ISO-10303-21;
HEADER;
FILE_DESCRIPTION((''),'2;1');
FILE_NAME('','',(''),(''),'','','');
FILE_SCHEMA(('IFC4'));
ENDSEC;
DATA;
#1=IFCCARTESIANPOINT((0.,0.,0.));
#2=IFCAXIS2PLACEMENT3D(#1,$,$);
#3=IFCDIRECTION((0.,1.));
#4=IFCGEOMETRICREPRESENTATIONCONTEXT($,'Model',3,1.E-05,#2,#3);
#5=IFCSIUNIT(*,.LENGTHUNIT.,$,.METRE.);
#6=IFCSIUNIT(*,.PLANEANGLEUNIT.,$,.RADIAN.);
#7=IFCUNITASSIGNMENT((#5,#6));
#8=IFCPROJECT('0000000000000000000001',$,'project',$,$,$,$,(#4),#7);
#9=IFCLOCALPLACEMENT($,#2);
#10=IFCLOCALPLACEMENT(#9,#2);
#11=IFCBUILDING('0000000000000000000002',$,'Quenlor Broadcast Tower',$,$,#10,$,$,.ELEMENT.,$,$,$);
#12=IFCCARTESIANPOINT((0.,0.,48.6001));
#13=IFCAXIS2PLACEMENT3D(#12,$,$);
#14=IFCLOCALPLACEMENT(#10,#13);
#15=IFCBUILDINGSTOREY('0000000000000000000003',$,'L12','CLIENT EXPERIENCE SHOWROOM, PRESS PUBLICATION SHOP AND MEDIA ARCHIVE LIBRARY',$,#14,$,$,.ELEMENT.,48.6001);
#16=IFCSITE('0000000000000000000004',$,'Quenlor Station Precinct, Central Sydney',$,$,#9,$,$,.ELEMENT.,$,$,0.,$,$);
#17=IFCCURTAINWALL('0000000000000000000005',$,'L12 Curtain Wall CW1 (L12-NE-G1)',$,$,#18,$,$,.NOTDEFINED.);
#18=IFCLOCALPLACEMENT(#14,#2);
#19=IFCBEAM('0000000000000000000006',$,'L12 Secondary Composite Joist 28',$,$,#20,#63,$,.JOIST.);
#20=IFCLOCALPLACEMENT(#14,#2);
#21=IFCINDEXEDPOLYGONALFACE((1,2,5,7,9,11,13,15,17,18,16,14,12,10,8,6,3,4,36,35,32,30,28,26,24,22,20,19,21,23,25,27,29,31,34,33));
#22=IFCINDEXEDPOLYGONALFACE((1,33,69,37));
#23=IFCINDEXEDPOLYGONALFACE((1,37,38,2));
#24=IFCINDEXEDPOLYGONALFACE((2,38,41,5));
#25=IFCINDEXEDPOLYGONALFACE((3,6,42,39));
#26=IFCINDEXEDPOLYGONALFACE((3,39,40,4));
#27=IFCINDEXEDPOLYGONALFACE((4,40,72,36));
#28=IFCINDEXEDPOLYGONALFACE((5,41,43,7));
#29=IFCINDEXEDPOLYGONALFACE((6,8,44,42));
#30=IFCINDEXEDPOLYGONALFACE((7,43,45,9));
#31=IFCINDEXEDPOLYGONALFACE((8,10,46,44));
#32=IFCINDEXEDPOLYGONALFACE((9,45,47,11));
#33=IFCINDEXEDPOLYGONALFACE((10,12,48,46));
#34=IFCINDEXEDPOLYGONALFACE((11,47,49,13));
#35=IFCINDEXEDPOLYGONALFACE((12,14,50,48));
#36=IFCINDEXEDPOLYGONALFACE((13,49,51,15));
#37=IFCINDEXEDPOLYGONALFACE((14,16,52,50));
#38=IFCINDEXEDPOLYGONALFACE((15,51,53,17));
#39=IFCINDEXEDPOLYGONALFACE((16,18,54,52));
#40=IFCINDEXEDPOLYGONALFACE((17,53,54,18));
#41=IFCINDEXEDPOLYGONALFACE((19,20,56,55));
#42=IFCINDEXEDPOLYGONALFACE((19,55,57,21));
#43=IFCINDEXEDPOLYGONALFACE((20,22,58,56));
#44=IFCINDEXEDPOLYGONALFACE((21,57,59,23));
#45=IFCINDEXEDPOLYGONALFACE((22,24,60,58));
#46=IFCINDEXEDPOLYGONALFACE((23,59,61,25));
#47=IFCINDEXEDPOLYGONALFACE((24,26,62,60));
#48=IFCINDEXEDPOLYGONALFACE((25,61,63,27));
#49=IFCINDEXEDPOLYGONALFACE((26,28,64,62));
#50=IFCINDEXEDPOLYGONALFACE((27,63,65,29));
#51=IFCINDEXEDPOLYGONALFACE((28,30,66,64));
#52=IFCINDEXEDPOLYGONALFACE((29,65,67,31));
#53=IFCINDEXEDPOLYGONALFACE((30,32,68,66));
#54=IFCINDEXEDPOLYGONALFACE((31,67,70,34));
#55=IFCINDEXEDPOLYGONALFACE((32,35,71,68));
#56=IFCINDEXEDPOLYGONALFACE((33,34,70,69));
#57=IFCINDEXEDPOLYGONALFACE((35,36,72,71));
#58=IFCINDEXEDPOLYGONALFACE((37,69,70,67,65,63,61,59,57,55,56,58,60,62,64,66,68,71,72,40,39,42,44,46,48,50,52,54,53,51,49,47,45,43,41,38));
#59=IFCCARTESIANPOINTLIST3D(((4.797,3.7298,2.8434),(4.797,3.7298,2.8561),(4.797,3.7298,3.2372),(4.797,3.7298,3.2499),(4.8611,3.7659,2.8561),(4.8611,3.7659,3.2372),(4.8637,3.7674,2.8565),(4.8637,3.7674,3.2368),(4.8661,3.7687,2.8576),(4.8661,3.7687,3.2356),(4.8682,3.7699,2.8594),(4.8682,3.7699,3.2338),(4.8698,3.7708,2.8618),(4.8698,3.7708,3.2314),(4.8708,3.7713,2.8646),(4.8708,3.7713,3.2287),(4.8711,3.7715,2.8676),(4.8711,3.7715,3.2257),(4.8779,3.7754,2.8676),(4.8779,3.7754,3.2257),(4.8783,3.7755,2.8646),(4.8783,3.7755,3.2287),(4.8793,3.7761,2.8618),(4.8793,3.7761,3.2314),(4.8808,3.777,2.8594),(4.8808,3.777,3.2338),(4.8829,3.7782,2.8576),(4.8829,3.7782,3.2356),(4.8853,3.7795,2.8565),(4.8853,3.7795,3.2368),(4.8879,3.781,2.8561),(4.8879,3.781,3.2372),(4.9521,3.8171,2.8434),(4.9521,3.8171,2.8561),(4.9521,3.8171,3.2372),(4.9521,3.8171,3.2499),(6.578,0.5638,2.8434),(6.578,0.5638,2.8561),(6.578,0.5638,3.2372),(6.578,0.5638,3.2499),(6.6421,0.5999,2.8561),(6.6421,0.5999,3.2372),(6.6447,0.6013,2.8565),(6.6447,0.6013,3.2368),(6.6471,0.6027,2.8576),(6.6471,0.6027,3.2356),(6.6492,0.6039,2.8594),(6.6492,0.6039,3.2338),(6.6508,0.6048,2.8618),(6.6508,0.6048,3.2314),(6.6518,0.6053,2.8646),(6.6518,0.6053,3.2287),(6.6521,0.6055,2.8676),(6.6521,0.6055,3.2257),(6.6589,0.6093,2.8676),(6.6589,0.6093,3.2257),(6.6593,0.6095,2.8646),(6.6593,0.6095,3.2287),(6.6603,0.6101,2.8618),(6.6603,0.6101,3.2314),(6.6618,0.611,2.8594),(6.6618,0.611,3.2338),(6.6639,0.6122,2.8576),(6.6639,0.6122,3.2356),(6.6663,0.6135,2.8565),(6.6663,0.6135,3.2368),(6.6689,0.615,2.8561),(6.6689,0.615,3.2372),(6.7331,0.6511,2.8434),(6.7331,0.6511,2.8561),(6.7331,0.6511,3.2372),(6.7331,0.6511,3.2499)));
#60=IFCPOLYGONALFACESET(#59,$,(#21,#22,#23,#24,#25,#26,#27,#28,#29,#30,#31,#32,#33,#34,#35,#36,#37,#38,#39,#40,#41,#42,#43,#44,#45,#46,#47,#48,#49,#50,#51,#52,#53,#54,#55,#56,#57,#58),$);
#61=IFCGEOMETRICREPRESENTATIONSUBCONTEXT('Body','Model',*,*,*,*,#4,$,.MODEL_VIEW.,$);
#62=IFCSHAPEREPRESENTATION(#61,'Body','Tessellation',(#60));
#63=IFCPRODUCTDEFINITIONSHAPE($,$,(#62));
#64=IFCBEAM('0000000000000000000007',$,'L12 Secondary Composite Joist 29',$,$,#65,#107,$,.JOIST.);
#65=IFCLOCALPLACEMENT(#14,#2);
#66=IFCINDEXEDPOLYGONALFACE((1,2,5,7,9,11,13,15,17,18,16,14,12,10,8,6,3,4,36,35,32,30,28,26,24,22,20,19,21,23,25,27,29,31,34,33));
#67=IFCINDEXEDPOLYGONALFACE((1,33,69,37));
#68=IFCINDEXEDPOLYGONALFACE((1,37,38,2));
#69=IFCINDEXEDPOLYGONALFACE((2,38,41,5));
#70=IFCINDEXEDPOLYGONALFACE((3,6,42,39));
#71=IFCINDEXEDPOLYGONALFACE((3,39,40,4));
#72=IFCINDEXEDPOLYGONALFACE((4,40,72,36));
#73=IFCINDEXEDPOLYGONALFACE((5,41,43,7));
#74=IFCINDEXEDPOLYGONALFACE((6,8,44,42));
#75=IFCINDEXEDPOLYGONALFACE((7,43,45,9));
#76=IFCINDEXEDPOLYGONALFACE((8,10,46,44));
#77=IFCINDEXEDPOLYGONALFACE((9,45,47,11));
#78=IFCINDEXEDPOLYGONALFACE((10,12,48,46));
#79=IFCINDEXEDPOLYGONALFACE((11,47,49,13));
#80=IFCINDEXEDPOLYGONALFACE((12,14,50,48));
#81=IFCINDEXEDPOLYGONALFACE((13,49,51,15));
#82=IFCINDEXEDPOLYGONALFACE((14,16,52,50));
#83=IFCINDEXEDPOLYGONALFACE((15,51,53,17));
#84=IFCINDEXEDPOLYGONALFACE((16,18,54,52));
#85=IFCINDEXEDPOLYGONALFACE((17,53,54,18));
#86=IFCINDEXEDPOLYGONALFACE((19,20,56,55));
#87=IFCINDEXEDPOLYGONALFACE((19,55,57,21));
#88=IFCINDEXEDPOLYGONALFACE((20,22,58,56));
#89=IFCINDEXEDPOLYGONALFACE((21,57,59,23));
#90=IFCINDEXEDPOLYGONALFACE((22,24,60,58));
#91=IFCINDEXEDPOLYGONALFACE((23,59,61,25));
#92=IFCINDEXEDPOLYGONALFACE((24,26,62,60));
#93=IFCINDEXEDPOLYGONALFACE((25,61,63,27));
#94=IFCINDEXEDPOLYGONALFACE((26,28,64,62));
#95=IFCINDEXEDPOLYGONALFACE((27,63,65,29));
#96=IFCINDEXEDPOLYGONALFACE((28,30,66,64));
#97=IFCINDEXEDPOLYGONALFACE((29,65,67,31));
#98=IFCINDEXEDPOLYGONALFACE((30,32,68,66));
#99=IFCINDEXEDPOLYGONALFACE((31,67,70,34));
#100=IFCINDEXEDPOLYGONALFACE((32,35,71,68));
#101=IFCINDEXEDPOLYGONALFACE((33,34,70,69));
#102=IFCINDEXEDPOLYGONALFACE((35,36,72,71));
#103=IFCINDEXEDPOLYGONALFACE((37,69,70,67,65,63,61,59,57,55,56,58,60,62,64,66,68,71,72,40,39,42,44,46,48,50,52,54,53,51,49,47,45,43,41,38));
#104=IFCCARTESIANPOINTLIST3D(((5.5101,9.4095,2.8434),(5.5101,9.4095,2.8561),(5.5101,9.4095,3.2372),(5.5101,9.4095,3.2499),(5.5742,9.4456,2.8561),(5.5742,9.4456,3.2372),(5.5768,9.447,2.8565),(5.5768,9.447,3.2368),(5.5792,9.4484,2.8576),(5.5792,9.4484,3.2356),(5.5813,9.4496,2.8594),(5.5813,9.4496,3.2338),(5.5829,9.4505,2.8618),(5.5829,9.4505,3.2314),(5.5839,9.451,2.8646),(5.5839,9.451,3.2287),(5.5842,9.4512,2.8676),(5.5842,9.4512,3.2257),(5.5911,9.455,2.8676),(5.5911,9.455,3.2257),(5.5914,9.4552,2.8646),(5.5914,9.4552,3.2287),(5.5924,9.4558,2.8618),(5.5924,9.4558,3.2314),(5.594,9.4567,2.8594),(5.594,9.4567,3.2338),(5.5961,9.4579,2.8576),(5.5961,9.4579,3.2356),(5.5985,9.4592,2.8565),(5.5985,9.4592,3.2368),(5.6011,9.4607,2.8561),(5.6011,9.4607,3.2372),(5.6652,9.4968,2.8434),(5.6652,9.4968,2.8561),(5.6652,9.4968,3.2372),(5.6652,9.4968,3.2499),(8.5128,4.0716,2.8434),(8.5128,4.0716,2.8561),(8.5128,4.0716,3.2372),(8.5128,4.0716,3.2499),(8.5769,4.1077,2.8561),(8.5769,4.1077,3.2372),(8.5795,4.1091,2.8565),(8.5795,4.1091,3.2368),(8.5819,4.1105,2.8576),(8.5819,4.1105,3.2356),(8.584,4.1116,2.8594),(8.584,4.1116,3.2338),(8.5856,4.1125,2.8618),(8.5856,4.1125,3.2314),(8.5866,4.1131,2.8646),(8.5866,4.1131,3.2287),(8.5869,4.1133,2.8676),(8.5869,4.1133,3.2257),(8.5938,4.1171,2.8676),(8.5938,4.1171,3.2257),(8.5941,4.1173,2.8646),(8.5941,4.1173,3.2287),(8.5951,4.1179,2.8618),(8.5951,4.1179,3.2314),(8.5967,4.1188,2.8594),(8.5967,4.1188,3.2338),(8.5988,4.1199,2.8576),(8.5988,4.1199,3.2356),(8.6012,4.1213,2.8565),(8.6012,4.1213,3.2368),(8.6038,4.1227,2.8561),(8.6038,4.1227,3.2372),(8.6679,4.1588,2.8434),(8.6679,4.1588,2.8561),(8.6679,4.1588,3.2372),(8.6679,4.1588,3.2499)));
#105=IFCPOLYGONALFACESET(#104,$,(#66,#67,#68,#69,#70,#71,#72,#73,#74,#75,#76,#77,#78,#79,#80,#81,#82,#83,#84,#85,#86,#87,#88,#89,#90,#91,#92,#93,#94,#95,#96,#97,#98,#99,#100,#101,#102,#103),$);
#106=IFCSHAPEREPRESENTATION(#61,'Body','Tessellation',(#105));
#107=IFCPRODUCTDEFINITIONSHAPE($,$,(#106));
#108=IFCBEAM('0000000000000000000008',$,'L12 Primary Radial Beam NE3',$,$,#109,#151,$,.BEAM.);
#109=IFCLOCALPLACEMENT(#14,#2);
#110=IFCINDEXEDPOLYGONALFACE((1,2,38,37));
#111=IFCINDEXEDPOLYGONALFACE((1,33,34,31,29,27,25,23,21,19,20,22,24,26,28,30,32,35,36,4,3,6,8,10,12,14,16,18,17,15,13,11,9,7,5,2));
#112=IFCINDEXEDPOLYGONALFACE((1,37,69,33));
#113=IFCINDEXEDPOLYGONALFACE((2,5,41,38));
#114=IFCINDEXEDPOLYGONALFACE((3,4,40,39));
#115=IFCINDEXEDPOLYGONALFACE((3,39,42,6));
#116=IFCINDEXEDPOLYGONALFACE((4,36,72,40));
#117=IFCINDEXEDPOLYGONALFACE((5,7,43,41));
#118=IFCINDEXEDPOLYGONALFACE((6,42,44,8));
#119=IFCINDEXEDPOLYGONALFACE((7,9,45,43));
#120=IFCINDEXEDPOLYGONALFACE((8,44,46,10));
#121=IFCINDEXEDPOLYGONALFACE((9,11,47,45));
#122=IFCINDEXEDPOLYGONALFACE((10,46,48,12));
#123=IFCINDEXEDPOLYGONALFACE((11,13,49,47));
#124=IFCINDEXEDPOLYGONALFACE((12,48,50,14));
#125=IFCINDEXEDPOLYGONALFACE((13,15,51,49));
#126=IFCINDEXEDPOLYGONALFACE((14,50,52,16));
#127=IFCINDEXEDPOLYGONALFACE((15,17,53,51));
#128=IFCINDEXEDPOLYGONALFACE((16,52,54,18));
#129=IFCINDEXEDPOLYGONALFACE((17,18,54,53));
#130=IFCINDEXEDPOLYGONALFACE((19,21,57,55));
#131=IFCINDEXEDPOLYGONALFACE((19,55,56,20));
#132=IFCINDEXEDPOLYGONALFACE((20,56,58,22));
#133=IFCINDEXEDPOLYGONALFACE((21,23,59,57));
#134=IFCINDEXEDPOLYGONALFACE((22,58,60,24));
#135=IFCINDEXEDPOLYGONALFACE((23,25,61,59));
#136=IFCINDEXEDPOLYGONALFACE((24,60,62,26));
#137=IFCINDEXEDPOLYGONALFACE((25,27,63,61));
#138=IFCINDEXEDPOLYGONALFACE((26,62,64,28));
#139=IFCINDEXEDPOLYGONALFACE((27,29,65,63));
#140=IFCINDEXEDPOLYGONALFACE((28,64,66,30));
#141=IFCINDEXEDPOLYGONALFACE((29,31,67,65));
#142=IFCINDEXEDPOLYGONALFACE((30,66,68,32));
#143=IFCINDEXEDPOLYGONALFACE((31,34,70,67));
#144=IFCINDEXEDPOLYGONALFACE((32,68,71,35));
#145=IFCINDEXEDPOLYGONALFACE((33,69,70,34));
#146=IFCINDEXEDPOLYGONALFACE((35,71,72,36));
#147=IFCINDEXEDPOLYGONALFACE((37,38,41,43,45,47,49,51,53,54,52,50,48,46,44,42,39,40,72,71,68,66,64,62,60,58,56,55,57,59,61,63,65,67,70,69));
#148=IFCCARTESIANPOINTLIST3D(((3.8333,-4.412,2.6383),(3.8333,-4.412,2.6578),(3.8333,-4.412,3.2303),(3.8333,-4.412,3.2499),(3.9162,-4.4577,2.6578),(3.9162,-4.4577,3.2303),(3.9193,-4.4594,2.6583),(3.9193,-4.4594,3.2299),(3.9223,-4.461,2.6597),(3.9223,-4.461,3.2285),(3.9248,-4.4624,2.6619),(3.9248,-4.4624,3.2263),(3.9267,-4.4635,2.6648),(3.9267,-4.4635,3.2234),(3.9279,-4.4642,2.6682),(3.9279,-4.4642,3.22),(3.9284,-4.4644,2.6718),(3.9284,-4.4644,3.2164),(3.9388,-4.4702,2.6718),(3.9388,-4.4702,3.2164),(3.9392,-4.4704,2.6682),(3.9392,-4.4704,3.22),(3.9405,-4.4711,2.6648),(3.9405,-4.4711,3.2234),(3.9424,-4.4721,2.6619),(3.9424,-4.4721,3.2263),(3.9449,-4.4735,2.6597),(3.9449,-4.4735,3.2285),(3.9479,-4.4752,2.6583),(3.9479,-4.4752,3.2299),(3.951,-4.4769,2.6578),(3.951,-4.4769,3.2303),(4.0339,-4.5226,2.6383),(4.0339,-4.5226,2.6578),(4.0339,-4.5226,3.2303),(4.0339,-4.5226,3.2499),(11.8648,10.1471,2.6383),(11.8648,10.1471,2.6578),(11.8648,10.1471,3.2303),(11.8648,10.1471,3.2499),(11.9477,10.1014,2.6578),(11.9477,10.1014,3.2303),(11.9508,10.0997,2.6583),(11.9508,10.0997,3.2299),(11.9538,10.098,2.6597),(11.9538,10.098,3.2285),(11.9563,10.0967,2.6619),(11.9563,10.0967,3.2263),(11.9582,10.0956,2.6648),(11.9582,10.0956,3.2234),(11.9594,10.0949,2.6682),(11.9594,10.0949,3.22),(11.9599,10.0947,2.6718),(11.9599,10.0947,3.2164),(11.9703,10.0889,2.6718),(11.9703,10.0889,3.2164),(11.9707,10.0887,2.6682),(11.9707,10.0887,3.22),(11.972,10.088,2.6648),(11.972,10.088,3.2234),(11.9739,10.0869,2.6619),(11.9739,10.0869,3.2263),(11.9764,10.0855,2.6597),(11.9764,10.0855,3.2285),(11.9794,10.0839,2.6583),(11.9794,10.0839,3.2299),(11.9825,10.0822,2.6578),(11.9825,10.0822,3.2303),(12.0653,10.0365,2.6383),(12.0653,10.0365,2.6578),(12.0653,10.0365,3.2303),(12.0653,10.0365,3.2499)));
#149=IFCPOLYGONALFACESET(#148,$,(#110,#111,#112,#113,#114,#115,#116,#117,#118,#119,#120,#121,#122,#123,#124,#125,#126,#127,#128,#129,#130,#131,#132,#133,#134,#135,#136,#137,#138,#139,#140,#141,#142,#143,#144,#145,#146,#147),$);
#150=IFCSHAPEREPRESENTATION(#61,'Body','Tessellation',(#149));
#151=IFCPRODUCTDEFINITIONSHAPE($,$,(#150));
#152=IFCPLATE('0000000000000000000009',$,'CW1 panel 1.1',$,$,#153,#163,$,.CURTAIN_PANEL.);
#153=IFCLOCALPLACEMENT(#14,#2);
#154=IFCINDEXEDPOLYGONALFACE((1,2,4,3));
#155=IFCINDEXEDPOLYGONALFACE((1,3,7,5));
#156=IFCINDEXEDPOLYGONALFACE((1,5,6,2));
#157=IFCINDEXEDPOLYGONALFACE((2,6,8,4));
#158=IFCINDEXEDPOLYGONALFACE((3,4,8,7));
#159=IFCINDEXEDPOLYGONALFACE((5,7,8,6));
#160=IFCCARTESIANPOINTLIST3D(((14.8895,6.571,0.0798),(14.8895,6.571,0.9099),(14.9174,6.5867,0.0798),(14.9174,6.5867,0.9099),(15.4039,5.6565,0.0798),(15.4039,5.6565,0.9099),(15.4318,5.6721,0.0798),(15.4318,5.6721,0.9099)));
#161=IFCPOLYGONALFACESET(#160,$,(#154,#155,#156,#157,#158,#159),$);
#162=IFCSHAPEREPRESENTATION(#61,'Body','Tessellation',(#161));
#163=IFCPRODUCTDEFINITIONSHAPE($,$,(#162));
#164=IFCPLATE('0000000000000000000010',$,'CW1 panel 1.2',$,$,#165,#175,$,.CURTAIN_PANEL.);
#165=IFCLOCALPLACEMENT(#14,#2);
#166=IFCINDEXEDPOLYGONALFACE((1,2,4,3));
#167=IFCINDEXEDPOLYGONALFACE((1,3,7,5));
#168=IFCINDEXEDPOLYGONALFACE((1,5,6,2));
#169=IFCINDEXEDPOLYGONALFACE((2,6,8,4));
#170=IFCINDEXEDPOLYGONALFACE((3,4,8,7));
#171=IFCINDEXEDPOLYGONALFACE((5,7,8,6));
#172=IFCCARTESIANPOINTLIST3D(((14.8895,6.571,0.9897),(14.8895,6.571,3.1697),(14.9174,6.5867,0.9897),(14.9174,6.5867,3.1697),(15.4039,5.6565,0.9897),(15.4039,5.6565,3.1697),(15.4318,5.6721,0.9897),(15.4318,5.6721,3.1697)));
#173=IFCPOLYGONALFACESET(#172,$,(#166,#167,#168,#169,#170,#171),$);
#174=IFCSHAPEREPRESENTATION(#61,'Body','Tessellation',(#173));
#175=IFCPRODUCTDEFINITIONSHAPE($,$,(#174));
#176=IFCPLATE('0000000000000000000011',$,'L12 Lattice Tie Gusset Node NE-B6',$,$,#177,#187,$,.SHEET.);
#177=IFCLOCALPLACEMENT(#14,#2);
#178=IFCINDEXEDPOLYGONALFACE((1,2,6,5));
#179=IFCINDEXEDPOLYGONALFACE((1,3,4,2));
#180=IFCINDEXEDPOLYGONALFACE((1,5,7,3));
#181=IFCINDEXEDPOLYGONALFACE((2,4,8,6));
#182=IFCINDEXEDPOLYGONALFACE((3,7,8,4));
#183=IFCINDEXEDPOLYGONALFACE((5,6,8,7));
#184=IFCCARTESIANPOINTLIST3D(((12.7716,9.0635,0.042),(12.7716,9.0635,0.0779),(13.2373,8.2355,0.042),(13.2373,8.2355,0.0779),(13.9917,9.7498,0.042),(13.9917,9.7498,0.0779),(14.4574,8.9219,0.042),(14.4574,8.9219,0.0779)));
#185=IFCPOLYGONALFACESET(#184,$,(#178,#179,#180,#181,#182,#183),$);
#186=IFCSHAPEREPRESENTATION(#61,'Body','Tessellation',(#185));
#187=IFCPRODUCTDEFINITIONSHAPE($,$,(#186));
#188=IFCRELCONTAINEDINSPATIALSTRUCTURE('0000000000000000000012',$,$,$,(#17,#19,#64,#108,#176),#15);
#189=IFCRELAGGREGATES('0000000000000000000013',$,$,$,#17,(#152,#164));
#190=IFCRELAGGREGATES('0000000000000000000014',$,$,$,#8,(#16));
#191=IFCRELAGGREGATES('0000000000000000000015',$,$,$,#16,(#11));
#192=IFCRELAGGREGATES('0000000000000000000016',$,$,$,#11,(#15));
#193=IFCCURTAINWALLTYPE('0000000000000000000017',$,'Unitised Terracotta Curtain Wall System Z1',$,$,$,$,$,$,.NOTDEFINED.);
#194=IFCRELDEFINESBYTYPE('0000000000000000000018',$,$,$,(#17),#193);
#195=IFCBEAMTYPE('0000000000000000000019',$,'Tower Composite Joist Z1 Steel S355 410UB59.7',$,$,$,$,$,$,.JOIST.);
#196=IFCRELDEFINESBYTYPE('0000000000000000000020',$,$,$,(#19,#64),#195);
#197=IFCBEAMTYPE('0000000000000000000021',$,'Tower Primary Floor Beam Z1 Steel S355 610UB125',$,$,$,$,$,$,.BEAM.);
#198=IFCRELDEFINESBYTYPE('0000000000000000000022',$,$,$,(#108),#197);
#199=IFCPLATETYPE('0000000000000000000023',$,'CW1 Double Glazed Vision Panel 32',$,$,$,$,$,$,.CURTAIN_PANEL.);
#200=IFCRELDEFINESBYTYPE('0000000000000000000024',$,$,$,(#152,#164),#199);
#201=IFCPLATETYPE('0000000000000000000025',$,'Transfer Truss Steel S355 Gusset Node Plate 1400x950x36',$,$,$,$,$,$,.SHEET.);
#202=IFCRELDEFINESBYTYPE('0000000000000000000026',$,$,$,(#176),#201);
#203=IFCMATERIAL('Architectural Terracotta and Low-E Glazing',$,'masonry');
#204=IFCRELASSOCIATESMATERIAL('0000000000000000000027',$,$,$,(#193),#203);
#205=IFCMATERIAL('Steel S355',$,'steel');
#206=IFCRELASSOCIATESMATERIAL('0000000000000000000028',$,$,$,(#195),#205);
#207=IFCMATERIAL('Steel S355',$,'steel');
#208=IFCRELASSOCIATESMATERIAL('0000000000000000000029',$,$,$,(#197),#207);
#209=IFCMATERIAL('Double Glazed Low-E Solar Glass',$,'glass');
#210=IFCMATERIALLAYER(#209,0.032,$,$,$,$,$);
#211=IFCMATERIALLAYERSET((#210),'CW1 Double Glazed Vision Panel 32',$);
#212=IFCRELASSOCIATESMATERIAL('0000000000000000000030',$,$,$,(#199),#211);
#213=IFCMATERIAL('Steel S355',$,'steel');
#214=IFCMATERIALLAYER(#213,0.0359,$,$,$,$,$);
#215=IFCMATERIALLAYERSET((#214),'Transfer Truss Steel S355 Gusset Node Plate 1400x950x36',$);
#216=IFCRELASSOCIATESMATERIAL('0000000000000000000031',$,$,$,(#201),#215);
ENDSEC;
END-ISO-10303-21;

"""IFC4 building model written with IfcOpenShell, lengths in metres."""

from ifc_helpers import new_model, si_unit, direction, frame, origin, origin_2d, place, context, subcontext, project, spatial, rectangle, i_section, extrude, material, layer, layer_set, material_profile, profile_set, type_object, element, aggregate, save


model = new_model("IFC4")

# Units and contexts
model_context = context("Model", 3, precision=1e-05, world=origin(), true_north=direction((0.0, 1.0)))
body_context = subcontext(model_context, "Body", "Model", "MODEL_VIEW")
ifc_project = project(units=[si_unit("LENGTHUNIT", "METRE"), si_unit("PLANEANGLEUNIT", "RADIAN")], contexts=[model_context])

# Site, building, storey
site_placement = place(None, origin())
site = spatial("IfcSite", under=ifc_project, at=site_placement, Name="Quenlor Station Precinct, Central Sydney", CompositionType="ELEMENT", RefElevation=0.0)
building_placement = place(site_placement, origin())
building = spatial("IfcBuilding", under=site, at=building_placement, Name="Quenlor Broadcast Tower", CompositionType="ELEMENT")
storey_placement = place(building_placement, frame((0.0, 0.0, 48.6001)))
storey = spatial("IfcBuildingStorey", under=building, at=storey_placement, Name="L12", Description="CLIENT EXPERIENCE SHOWROOM, PRESS PUBLICATION SHOP AND MEDIA ARCHIVE LIBRARY", CompositionType="ELEMENT", Elevation=48.6001)

# Curtain wall
ifc_material_1 = material(Name="Architectural Terracotta and Low-E Glazing", Category="masonry")
curtain_wall_type = type_object("IfcCurtainWallType", Name="Unitised Terracotta Curtain Wall System Z1", PredefinedType="NOTDEFINED", material=ifc_material_1)
curtain_wall_placement = place(storey_placement, origin())
curtain_wall = element("IfcCurtainWall", 1, at=curtain_wall_placement, inside=storey, type_object=curtain_wall_type, Name="L12 Curtain Wall CW1 (L12-NE-G1)", PredefinedType="NOTDEFINED")

# Beams
ifc_material_2 = material(Name="Steel S355", Category="steel")
ifc_material_profile_1 = material_profile(ifc_material_2, i_section(OverallWidth=0.178, OverallDepth=0.4065, WebThickness=0.0078, FlangeThickness=0.0127, FilletRadius=0.0115, at=origin_2d()))
ifc_profile_set_1 = profile_set([ifc_material_profile_1], Name="Steel S355 410UB59.7")
beam_type_1 = type_object("IfcBeamType", Name="Tower Composite Joist Z1 Steel S355 410UB59.7", PredefinedType="JOIST", material=ifc_profile_set_1)
beam_1_placement = place(storey_placement, frame((4.8745, 3.7734, 3.0466), z_axis=(0.490287, -0.871561, 0.0), x_axis=(0.871561, 0.490287, 0.0)))
element("IfcBeam", 2, at=beam_1_placement, inside=storey, type_object=beam_type_1, Name="L12 Secondary Composite Joist 28", PredefinedType="JOIST", context=body_context, shape_type="SweptSolid", body=[
    extrude(i_section(OverallWidth=0.178, OverallDepth=0.4065, WebThickness=0.0078, FlangeThickness=0.0127, FilletRadius=0.0115, at=origin_2d()), origin(), (0.0, 0.0, 1.0), 3.6326),
])
beam_2_placement = place(storey_placement, frame((5.5876, 9.4531, 3.0466), z_axis=(0.490276, -0.871567, 0.0), x_axis=(0.871567, 0.490276, 0.0)))
element("IfcBeam", 3, at=beam_2_placement, inside=storey, type_object=beam_type_1, Name="L12 Secondary Composite Joist 29", PredefinedType="JOIST", context=body_context, shape_type="SweptSolid", body=[
    extrude(i_section(OverallWidth=0.178, OverallDepth=0.4065, WebThickness=0.0078, FlangeThickness=0.0127, FilletRadius=0.0115, at=origin_2d()), origin(), (0.0, 0.0, 1.0), 6.1245),
])
ifc_material_3 = material(Name="Steel S355", Category="steel")
ifc_material_profile_2 = material_profile(ifc_material_3, i_section(OverallWidth=0.229, OverallDepth=0.6116, WebThickness=0.012, FlangeThickness=0.0195, FilletRadius=0.0139, at=origin_2d()))
ifc_profile_set_2 = profile_set([ifc_material_profile_2], Name="Steel S355 610UB125")
beam_type_2 = type_object("IfcBeamType", Name="Tower Primary Floor Beam Z1 Steel S355 610UB125", PredefinedType="BEAM", material=ifc_profile_set_2)
beam_3_placement = place(storey_placement, frame((11.9651, 10.0918, 2.9441), z_axis=(-0.483026, -0.875606, 0.0), x_axis=(0.875606, -0.483026, 0.0)))
element("IfcBeam", 4, at=beam_3_placement, inside=storey, type_object=beam_type_2, Name="L12 Primary Radial Beam NE3", PredefinedType="BEAM", context=body_context, shape_type="SweptSolid", body=[
    extrude(i_section(OverallWidth=0.229, OverallDepth=0.6116, WebThickness=0.012, FlangeThickness=0.0195, FilletRadius=0.0139, at=origin_2d()), origin(), (0.0, 0.0, 1.0), 16.6274),
])

# Plates
ifc_material_4 = material(Name="Double Glazed Low-E Solar Glass", Category="glass")
ifc_layer_1 = layer(ifc_material_4, 0.032)
ifc_layer_set_1 = layer_set([ifc_layer_1], Name="CW1 Double Glazed Vision Panel 32")
plate_type_1 = type_object("IfcPlateType", Name="CW1 Double Glazed Vision Panel 32", PredefinedType="CURTAIN_PANEL", material=ifc_layer_set_1)
plate_1_placement = place(storey_placement, frame((15.1606, 6.1216, 0.0798), z_axis=(0.0, 0.0, 1.0), x_axis=(0.490277, -0.871567, 0.0)))
plate_1 = element("IfcPlate", 5, at=plate_1_placement, type_object=plate_type_1, Name="CW1 panel 1.1", PredefinedType="CURTAIN_PANEL", context=body_context, shape_type="SweptSolid", body=[
    extrude(rectangle(XDim=1.0493, YDim=0.032, at=origin_2d()), origin(), (0.0, 0.0, 1.0), 0.8301),
])
plate_2_placement = place(storey_placement, frame((15.1606, 6.1216, 0.9897), z_axis=(0.0, 0.0, 1.0), x_axis=(0.490277, -0.871567, 0.0)))
plate_2 = element("IfcPlate", 6, at=plate_2_placement, type_object=plate_type_1, Name="CW1 panel 1.2", PredefinedType="CURTAIN_PANEL", context=body_context, shape_type="SweptSolid", body=[
    extrude(rectangle(XDim=1.0493, YDim=0.032, at=origin_2d()), origin(), (0.0, 0.0, 1.0), 2.1799),
])
aggregate(curtain_wall, [plate_1, plate_2])

# Plate
ifc_material_5 = material(Name="Steel S355", Category="steel")
ifc_layer_2 = layer(ifc_material_5, 0.0359)
ifc_layer_set_2 = layer_set([ifc_layer_2], Name="Transfer Truss Steel S355 Gusset Node Plate 1400x950x36")
plate_type_2 = type_object("IfcPlateType", Name="Transfer Truss Steel S355 Gusset Node Plate 1400x950x36", PredefinedType="SHEET", material=ifc_layer_set_2)
for number, where, z_axis, x_axis, name in (
    (7, (13.6145, 8.9927, 0.042), (0.0, 0.0, 1.0), (0.871556, 0.490295, 0.0), "L12 Lattice Tie Gusset Node NE-B6"),
):
    element("IfcPlate", number, at=place(storey_placement, frame(where, z_axis=z_axis, x_axis=x_axis)), inside=storey, type_object=plate_type_2, Name=name, PredefinedType="SHEET", context=body_context, shape_type="SweptSolid", body=[
        extrude(rectangle(XDim=1.3999, YDim=0.95, at=origin_2d()), origin(), (0.0, 0.0, 1.0), 0.0359),
    ])

save(model, "model.ifc")
